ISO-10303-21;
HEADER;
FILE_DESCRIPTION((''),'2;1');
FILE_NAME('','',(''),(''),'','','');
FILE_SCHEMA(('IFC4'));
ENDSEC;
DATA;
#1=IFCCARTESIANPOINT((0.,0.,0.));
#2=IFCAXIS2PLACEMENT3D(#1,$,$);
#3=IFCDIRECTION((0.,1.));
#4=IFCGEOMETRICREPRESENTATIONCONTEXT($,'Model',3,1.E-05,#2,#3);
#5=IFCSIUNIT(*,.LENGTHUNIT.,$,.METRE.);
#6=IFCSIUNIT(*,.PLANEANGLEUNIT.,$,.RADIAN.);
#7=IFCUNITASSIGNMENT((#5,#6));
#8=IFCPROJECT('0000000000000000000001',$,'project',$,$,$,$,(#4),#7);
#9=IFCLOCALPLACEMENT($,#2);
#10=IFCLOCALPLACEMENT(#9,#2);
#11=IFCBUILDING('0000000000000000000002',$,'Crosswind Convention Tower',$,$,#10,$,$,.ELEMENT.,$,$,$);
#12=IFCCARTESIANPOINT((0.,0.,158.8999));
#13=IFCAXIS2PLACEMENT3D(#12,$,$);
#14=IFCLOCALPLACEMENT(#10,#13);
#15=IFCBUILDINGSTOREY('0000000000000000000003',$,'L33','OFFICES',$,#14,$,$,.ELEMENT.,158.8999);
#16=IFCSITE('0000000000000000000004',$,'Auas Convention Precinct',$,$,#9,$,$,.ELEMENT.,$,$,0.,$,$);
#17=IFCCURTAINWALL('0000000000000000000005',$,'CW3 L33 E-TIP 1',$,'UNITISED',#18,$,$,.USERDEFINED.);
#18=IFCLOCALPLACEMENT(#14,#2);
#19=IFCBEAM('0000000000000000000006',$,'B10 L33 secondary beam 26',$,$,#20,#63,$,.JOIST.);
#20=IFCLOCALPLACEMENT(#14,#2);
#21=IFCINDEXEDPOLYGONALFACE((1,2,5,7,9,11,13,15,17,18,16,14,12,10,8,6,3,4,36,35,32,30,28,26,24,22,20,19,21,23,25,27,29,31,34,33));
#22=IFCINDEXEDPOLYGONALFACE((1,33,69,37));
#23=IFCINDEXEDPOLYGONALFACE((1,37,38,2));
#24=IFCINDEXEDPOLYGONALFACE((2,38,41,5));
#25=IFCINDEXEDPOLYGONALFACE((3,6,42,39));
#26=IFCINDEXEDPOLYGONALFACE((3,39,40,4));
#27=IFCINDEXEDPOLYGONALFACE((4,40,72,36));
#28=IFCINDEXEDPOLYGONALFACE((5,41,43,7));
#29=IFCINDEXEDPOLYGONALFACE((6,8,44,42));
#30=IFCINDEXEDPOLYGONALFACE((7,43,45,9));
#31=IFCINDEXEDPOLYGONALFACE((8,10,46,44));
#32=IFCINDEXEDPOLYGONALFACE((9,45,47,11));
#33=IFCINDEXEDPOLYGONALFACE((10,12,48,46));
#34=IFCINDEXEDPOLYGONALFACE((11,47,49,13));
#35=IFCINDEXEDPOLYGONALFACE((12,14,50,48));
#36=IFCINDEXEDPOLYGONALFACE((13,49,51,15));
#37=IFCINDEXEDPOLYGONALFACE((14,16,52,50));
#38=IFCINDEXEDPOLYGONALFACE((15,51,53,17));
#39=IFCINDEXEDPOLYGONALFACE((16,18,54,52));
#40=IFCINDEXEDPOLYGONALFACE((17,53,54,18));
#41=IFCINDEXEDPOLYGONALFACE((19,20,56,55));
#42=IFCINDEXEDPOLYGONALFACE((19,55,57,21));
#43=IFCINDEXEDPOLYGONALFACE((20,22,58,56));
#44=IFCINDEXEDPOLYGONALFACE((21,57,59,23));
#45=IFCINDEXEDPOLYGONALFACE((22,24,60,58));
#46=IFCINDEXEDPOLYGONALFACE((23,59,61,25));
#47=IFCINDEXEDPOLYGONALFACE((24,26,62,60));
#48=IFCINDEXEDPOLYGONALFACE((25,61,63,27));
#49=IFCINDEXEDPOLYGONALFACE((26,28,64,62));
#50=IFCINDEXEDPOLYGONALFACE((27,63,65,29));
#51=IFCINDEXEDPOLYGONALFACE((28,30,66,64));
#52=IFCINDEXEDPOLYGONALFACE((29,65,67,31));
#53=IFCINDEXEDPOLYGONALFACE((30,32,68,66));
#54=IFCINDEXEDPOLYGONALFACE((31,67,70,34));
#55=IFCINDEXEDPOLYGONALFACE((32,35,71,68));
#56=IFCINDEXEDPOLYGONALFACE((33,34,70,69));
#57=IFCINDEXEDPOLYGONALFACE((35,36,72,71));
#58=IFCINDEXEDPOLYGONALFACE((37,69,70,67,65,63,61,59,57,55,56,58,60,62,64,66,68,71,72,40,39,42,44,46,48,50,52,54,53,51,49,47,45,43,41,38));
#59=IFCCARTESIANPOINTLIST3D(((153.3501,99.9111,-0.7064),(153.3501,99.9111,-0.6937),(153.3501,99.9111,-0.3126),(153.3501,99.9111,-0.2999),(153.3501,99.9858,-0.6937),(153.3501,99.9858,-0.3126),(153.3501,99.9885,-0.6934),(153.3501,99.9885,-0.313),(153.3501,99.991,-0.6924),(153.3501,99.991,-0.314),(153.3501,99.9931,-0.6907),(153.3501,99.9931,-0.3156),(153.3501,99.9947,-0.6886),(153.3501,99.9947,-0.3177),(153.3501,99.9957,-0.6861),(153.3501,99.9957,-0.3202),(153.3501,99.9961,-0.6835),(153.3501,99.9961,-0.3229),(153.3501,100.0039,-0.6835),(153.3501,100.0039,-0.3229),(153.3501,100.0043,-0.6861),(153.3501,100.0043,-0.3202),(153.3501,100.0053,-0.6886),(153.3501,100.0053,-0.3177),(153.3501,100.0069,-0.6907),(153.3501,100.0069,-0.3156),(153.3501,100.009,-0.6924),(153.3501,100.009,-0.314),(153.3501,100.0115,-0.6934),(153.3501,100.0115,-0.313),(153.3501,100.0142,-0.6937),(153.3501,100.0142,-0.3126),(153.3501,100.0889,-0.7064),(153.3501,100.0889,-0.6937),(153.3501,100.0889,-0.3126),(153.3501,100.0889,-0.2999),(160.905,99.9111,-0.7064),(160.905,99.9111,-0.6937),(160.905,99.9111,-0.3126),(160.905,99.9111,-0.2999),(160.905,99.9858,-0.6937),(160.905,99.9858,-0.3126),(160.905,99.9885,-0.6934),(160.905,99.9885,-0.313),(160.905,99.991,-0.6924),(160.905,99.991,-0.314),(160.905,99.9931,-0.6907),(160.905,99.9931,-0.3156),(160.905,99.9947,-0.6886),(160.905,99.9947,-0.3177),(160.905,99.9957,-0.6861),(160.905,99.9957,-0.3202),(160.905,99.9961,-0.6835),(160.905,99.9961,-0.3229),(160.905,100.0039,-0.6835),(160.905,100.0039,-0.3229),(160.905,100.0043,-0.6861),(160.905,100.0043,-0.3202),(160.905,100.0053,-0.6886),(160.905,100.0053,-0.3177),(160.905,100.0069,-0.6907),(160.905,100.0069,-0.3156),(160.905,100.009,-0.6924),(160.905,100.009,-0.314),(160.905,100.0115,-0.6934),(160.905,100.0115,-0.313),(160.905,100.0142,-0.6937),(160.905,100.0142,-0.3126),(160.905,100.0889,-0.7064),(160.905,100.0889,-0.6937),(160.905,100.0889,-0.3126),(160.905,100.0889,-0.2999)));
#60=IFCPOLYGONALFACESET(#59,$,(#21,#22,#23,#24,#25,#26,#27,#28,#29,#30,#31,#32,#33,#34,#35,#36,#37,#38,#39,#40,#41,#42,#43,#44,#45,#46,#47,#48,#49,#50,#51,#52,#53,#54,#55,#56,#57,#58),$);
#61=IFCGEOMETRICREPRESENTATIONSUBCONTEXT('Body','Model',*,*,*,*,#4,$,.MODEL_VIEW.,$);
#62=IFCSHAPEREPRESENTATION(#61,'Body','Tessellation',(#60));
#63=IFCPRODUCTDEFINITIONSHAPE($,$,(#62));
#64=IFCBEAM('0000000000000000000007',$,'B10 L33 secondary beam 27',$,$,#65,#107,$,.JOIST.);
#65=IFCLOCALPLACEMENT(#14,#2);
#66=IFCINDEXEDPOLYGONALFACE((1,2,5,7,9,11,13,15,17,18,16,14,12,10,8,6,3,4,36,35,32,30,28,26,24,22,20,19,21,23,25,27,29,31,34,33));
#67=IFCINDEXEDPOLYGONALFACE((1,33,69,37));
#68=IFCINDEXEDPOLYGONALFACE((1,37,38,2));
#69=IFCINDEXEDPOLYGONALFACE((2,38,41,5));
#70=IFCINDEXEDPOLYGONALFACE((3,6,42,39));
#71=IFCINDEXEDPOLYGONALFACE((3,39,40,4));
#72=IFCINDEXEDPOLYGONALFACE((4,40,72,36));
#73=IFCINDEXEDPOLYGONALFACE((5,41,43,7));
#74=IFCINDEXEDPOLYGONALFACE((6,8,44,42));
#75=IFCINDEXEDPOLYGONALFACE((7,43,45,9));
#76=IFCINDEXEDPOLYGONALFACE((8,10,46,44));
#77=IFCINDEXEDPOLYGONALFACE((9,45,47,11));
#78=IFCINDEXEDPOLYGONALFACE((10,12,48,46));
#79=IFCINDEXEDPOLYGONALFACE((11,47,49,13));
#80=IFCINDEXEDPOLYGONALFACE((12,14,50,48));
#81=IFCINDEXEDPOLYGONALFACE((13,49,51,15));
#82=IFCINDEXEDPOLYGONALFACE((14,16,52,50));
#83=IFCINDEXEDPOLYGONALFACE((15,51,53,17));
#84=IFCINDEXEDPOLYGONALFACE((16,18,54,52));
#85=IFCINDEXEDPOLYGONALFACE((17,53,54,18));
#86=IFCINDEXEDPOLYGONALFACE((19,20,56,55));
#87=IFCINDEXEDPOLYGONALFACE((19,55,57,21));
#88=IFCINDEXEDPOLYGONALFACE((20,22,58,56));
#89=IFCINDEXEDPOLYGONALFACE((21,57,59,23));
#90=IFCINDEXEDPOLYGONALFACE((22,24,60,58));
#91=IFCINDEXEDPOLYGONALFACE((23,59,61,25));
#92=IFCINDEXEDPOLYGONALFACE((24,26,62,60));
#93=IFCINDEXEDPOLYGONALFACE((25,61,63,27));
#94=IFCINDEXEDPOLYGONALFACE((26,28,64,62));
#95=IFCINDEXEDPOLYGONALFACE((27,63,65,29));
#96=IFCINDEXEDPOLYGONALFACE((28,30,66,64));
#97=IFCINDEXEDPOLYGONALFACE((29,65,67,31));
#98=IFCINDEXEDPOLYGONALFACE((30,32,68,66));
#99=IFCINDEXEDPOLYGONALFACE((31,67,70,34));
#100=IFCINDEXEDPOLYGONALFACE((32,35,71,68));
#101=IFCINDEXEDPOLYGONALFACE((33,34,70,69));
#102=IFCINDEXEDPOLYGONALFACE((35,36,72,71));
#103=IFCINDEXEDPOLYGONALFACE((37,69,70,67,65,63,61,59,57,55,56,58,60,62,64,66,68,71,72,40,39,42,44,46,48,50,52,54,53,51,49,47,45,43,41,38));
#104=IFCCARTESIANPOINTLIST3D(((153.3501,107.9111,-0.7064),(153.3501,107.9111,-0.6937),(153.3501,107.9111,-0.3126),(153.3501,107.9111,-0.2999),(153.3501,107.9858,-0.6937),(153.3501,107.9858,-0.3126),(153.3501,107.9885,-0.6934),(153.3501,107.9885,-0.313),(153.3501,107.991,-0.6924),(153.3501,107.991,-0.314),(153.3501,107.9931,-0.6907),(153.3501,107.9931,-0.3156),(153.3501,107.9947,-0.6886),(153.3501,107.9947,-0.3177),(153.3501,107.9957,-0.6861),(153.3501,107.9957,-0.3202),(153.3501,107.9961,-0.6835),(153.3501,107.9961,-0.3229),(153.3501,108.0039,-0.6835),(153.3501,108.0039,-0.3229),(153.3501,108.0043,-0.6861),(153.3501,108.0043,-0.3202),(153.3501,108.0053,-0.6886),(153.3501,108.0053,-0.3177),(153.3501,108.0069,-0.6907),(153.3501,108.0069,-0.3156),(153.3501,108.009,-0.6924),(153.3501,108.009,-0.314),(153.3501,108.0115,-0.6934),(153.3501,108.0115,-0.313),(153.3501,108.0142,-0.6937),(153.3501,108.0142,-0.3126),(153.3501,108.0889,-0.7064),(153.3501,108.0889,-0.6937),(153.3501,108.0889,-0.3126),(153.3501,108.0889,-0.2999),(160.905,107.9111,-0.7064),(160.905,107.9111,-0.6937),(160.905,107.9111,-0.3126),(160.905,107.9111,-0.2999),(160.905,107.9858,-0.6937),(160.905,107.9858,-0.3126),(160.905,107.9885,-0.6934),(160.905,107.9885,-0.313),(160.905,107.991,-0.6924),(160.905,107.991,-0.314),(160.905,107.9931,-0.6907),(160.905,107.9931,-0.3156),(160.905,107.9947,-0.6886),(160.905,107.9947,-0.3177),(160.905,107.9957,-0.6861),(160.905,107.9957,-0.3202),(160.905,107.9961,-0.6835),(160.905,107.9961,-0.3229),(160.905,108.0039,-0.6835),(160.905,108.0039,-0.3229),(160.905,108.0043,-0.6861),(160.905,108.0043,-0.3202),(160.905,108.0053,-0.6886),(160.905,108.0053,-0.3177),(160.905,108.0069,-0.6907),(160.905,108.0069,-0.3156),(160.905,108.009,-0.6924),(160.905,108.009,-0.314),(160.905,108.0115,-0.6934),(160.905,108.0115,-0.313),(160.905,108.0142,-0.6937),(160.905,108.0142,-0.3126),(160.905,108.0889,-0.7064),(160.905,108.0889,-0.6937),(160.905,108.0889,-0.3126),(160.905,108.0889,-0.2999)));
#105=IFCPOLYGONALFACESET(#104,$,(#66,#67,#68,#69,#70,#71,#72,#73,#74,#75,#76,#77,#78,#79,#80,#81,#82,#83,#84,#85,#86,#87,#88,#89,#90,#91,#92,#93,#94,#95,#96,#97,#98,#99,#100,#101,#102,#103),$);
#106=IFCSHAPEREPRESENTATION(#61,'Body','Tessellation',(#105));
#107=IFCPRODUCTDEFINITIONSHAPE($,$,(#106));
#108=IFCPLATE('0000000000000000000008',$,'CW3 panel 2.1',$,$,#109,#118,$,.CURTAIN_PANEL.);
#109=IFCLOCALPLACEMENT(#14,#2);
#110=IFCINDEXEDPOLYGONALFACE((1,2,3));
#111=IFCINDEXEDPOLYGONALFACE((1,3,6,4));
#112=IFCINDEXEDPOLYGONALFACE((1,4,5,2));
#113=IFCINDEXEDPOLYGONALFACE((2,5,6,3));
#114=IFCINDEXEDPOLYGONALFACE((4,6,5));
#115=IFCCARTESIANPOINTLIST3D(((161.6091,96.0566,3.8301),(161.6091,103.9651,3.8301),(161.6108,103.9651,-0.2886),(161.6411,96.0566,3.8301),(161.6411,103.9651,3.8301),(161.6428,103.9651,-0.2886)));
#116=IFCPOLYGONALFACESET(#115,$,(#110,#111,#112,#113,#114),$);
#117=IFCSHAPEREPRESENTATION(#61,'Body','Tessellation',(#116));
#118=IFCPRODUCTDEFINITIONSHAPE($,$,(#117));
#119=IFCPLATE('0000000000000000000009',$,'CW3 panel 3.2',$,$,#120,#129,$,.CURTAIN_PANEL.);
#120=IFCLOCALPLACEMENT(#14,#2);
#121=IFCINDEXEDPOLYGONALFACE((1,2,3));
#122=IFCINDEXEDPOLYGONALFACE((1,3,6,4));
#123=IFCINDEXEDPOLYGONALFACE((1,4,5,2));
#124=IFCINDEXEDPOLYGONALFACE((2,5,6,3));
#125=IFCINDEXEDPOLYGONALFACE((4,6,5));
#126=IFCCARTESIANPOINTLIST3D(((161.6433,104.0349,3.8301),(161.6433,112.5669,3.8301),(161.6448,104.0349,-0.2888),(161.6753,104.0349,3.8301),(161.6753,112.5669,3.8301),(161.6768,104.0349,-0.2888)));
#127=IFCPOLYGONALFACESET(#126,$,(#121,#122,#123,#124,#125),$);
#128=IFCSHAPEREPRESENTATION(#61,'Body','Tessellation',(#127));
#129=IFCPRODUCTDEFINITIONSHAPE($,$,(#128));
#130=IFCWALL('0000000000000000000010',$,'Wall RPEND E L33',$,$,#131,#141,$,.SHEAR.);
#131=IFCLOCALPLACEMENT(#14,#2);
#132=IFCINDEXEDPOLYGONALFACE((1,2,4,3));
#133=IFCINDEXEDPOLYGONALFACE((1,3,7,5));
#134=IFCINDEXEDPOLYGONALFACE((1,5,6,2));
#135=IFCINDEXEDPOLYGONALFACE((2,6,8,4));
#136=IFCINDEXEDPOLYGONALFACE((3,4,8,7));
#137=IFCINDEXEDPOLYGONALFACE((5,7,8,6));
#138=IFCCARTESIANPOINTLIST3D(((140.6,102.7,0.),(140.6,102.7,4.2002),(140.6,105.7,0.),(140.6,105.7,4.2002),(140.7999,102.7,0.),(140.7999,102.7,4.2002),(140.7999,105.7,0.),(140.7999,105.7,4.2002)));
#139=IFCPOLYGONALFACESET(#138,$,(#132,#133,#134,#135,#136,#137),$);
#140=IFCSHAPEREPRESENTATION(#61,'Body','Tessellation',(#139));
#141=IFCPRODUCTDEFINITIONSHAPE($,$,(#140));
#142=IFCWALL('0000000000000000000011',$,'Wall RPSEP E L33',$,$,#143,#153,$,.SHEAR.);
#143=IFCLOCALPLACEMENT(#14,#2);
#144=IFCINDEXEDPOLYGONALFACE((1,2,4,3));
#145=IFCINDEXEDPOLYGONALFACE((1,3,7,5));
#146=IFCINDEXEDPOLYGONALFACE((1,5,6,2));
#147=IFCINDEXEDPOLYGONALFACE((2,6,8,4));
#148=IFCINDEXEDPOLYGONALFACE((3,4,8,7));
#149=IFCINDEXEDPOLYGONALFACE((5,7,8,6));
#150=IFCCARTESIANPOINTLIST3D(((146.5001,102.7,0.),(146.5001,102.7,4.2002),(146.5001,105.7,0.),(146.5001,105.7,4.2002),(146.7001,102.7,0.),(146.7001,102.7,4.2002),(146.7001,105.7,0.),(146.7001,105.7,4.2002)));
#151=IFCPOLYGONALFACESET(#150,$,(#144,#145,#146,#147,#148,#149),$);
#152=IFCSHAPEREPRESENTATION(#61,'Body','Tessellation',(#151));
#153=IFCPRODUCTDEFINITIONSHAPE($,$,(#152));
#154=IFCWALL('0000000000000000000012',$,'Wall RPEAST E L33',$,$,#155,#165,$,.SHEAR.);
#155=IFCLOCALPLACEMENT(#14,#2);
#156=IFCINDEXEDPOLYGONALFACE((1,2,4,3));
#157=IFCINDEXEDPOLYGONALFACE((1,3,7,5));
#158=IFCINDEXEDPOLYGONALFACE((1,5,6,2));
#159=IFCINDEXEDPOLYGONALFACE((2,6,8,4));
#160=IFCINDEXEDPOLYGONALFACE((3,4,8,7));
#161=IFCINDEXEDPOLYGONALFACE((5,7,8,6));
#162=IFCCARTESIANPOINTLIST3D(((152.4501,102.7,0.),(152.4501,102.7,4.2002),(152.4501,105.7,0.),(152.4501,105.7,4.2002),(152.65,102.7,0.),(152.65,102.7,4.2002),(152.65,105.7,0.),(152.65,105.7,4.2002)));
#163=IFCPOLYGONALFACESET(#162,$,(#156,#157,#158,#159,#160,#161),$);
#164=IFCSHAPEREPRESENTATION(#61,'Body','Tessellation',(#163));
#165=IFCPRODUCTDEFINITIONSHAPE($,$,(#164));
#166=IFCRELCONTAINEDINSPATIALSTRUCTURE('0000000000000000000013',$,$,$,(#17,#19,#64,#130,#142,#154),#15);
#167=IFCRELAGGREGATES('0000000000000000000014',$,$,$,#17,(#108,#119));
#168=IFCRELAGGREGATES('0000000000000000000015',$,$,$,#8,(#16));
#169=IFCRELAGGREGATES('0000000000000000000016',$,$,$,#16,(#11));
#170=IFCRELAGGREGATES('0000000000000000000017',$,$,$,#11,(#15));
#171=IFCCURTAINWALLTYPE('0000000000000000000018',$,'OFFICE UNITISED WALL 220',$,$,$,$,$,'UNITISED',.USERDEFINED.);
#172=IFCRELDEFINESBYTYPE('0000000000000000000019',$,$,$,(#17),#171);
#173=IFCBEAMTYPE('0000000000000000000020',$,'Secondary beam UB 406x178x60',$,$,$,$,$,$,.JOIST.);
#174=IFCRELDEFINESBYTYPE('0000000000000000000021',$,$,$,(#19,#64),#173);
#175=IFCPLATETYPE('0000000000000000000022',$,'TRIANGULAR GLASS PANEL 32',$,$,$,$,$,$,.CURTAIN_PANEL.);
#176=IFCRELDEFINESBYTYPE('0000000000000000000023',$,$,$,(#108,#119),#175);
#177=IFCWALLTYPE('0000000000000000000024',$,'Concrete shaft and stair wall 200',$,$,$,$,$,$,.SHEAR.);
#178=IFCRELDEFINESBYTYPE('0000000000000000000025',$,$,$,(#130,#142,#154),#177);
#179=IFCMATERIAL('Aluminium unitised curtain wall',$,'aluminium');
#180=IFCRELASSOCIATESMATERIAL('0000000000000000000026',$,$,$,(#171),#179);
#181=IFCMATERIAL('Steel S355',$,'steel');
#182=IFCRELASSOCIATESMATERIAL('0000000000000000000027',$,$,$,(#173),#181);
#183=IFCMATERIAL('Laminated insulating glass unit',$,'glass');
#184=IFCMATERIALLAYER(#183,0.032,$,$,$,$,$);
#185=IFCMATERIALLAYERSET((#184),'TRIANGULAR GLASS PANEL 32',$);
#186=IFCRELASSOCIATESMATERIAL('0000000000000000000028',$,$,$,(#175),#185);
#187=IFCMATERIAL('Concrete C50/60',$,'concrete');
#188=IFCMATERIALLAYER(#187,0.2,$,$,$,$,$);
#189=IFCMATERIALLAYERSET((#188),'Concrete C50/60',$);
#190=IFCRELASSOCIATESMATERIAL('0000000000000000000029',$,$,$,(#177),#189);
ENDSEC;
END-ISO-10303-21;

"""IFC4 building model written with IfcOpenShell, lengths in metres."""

from ifc_helpers import new_model, si_unit, direction, frame, frame_2d, origin, origin_2d, place, context, subcontext, project, spatial, polyline, rectangle, i_section, outline, extrude, material, layer, layer_set, material_profile, profile_set, type_object, element, aggregate, save


model = new_model("IFC4")

# Units and contexts
model_context = context("Model", 3, precision=1e-05, world=origin(), true_north=direction((0.0, 1.0)))
body_context = subcontext(model_context, "Body", "Model", "MODEL_VIEW")
ifc_project = project(units=[si_unit("LENGTHUNIT", "METRE"), si_unit("PLANEANGLEUNIT", "RADIAN")], contexts=[model_context])

# Site, building, storey
site_placement = place(None, origin())
site = spatial("IfcSite", under=ifc_project, at=site_placement, Name="Auas Convention Precinct", CompositionType="ELEMENT", RefElevation=0.0)
building_placement = place(site_placement, origin())
building = spatial("IfcBuilding", under=site, at=building_placement, Name="Crosswind Convention Tower", CompositionType="ELEMENT")
storey_placement = place(building_placement, frame((0.0, 0.0, 158.8999)))
storey = spatial("IfcBuildingStorey", under=building, at=storey_placement, Name="L33", Description="OFFICES", CompositionType="ELEMENT", Elevation=158.8999)

# Shared definitions
ifc_material_1 = material(Name="Steel S355", Category="steel")

# Curtain wall
ifc_material_2 = material(Name="Aluminium unitised curtain wall", Category="aluminium")
curtain_wall_type = type_object("IfcCurtainWallType", Name="OFFICE UNITISED WALL 220", ElementType="UNITISED", PredefinedType="USERDEFINED", material=ifc_material_2)
curtain_wall_placement = place(storey_placement, origin())
curtain_wall = element("IfcCurtainWall", 1, at=curtain_wall_placement, inside=storey, type_object=curtain_wall_type, Name="CW3 L33 E-TIP 1", ObjectType="UNITISED", PredefinedType="USERDEFINED")

# Beams
ifc_material_profile_1 = material_profile(ifc_material_1, i_section(OverallWidth=0.1777, OverallDepth=0.4065, WebThickness=0.0078, FlangeThickness=0.0127, FilletRadius=0.0103, at=origin_2d()), Name="UB 406x178x60")
ifc_profile_set_1 = profile_set([ifc_material_profile_1], Name="Steel S355")
beam_type_1 = type_object("IfcBeamType", Name="Secondary beam UB 406x178x60", PredefinedType="JOIST", material=ifc_profile_set_1)
for number, where, z_axis, x_axis, name in (
    (2, (153.3501, 100.0, -0.5032), (1.0, 0.0, 0.0), (0.0, 1.0, 0.0), "B10 L33 secondary beam 26"),
    (3, (153.3501, 108.0, -0.5032), (1.0, 0.0, 0.0), (0.0, 1.0, 0.0), "B10 L33 secondary beam 27"),
):
    element("IfcBeam", number, at=place(storey_placement, frame(where, z_axis=z_axis, x_axis=x_axis)), inside=storey, type_object=beam_type_1, Name=name, PredefinedType="JOIST", context=body_context, shape_type="SweptSolid", body=[
        extrude(i_section(OverallWidth=0.1777, OverallDepth=0.4065, WebThickness=0.0078, FlangeThickness=0.0127, FilletRadius=0.0103, at=origin_2d()), origin(), (0.0, 0.0, 1.0), 7.5549),
    ])

# Plates
ifc_material_3 = material(Name="Laminated insulating glass unit", Category="glass")
ifc_layer_1 = layer(ifc_material_3, 0.032)
ifc_layer_set_1 = layer_set([ifc_layer_1], Name="TRIANGULAR GLASS PANEL 32")
plate_type = type_object("IfcPlateType", Name="TRIANGULAR GLASS PANEL 32", PredefinedType="CURTAIN_PANEL", material=ifc_layer_set_1)
plate_1_placement = place(storey_placement, frame((161.6411, 103.9651, 3.8301), z_axis=(1.0, 0.0, 0.000415), x_axis=(0.0, -1.0, 0.0)))
plate_1 = element("IfcPlate", 4, at=plate_1_placement, type_object=plate_type, Name="CW3 panel 2.1", PredefinedType="CURTAIN_PANEL", context=body_context, shape_type="SweptSolid", body=[
    extrude(outline(polyline([(0.0, 0.0), (7.9084, 0.0), (0.0, 4.1187), (0.0, 0.0)])), origin(), (0.0, 0.0, -1.0), 0.032),
])
plate_2_placement = place(storey_placement, frame((161.6753, 104.0349, 3.8301), z_axis=(1.0, 0.0, 0.000356), x_axis=(0.000356, 0.0, -1.0)))
plate_2 = element("IfcPlate", 5, at=plate_2_placement, type_object=plate_type, Name="CW3 panel 3.2", PredefinedType="CURTAIN_PANEL", context=body_context, shape_type="SweptSolid", body=[
    extrude(outline(polyline([(0.0, 0.0), (4.1189, 0.0), (0.0, 8.532), (0.0, 0.0)])), origin(), (0.0, 0.0, -1.0), 0.032),
])
aggregate(curtain_wall, [plate_1, plate_2])

# Walls
ifc_material_4 = material(Name="Concrete C50/60", Category="concrete")
ifc_layer_2 = layer(ifc_material_4, 0.2)
ifc_layer_set_2 = layer_set([ifc_layer_2], Name="Concrete C50/60")
wall_type_1 = type_object("IfcWallType", Name="Concrete shaft and stair wall 200", PredefinedType="SHEAR", material=ifc_layer_set_2)
for number, where, z_axis, x_axis, name in (
    (6, (140.7, 102.7, 0.0), (0.0, 0.0, 1.0), (0.0, 1.0, 0.0), "Wall RPEND E L33"),
    (7, (146.6001, 102.7, 0.0), (0.0, 0.0, 1.0), (0.0, 1.0, 0.0), "Wall RPSEP E L33"),
    (8, (152.55, 102.7, 0.0), (0.0, 0.0, 1.0), (0.0, 1.0, 0.0), "Wall RPEAST E L33"),
):
    element("IfcWall", number, at=place(storey_placement, frame(where, z_axis=z_axis, x_axis=x_axis)), inside=storey, type_object=wall_type_1, Name=name, PredefinedType="SHEAR", context=body_context, shape_type="SweptSolid", body=[
        extrude(rectangle(XDim=3.0, YDim=0.2, at=frame_2d((1.5, 0.0))), origin(), (0.0, 0.0, 1.0), 4.2002),
    ])

save(model, "model.ifc")
